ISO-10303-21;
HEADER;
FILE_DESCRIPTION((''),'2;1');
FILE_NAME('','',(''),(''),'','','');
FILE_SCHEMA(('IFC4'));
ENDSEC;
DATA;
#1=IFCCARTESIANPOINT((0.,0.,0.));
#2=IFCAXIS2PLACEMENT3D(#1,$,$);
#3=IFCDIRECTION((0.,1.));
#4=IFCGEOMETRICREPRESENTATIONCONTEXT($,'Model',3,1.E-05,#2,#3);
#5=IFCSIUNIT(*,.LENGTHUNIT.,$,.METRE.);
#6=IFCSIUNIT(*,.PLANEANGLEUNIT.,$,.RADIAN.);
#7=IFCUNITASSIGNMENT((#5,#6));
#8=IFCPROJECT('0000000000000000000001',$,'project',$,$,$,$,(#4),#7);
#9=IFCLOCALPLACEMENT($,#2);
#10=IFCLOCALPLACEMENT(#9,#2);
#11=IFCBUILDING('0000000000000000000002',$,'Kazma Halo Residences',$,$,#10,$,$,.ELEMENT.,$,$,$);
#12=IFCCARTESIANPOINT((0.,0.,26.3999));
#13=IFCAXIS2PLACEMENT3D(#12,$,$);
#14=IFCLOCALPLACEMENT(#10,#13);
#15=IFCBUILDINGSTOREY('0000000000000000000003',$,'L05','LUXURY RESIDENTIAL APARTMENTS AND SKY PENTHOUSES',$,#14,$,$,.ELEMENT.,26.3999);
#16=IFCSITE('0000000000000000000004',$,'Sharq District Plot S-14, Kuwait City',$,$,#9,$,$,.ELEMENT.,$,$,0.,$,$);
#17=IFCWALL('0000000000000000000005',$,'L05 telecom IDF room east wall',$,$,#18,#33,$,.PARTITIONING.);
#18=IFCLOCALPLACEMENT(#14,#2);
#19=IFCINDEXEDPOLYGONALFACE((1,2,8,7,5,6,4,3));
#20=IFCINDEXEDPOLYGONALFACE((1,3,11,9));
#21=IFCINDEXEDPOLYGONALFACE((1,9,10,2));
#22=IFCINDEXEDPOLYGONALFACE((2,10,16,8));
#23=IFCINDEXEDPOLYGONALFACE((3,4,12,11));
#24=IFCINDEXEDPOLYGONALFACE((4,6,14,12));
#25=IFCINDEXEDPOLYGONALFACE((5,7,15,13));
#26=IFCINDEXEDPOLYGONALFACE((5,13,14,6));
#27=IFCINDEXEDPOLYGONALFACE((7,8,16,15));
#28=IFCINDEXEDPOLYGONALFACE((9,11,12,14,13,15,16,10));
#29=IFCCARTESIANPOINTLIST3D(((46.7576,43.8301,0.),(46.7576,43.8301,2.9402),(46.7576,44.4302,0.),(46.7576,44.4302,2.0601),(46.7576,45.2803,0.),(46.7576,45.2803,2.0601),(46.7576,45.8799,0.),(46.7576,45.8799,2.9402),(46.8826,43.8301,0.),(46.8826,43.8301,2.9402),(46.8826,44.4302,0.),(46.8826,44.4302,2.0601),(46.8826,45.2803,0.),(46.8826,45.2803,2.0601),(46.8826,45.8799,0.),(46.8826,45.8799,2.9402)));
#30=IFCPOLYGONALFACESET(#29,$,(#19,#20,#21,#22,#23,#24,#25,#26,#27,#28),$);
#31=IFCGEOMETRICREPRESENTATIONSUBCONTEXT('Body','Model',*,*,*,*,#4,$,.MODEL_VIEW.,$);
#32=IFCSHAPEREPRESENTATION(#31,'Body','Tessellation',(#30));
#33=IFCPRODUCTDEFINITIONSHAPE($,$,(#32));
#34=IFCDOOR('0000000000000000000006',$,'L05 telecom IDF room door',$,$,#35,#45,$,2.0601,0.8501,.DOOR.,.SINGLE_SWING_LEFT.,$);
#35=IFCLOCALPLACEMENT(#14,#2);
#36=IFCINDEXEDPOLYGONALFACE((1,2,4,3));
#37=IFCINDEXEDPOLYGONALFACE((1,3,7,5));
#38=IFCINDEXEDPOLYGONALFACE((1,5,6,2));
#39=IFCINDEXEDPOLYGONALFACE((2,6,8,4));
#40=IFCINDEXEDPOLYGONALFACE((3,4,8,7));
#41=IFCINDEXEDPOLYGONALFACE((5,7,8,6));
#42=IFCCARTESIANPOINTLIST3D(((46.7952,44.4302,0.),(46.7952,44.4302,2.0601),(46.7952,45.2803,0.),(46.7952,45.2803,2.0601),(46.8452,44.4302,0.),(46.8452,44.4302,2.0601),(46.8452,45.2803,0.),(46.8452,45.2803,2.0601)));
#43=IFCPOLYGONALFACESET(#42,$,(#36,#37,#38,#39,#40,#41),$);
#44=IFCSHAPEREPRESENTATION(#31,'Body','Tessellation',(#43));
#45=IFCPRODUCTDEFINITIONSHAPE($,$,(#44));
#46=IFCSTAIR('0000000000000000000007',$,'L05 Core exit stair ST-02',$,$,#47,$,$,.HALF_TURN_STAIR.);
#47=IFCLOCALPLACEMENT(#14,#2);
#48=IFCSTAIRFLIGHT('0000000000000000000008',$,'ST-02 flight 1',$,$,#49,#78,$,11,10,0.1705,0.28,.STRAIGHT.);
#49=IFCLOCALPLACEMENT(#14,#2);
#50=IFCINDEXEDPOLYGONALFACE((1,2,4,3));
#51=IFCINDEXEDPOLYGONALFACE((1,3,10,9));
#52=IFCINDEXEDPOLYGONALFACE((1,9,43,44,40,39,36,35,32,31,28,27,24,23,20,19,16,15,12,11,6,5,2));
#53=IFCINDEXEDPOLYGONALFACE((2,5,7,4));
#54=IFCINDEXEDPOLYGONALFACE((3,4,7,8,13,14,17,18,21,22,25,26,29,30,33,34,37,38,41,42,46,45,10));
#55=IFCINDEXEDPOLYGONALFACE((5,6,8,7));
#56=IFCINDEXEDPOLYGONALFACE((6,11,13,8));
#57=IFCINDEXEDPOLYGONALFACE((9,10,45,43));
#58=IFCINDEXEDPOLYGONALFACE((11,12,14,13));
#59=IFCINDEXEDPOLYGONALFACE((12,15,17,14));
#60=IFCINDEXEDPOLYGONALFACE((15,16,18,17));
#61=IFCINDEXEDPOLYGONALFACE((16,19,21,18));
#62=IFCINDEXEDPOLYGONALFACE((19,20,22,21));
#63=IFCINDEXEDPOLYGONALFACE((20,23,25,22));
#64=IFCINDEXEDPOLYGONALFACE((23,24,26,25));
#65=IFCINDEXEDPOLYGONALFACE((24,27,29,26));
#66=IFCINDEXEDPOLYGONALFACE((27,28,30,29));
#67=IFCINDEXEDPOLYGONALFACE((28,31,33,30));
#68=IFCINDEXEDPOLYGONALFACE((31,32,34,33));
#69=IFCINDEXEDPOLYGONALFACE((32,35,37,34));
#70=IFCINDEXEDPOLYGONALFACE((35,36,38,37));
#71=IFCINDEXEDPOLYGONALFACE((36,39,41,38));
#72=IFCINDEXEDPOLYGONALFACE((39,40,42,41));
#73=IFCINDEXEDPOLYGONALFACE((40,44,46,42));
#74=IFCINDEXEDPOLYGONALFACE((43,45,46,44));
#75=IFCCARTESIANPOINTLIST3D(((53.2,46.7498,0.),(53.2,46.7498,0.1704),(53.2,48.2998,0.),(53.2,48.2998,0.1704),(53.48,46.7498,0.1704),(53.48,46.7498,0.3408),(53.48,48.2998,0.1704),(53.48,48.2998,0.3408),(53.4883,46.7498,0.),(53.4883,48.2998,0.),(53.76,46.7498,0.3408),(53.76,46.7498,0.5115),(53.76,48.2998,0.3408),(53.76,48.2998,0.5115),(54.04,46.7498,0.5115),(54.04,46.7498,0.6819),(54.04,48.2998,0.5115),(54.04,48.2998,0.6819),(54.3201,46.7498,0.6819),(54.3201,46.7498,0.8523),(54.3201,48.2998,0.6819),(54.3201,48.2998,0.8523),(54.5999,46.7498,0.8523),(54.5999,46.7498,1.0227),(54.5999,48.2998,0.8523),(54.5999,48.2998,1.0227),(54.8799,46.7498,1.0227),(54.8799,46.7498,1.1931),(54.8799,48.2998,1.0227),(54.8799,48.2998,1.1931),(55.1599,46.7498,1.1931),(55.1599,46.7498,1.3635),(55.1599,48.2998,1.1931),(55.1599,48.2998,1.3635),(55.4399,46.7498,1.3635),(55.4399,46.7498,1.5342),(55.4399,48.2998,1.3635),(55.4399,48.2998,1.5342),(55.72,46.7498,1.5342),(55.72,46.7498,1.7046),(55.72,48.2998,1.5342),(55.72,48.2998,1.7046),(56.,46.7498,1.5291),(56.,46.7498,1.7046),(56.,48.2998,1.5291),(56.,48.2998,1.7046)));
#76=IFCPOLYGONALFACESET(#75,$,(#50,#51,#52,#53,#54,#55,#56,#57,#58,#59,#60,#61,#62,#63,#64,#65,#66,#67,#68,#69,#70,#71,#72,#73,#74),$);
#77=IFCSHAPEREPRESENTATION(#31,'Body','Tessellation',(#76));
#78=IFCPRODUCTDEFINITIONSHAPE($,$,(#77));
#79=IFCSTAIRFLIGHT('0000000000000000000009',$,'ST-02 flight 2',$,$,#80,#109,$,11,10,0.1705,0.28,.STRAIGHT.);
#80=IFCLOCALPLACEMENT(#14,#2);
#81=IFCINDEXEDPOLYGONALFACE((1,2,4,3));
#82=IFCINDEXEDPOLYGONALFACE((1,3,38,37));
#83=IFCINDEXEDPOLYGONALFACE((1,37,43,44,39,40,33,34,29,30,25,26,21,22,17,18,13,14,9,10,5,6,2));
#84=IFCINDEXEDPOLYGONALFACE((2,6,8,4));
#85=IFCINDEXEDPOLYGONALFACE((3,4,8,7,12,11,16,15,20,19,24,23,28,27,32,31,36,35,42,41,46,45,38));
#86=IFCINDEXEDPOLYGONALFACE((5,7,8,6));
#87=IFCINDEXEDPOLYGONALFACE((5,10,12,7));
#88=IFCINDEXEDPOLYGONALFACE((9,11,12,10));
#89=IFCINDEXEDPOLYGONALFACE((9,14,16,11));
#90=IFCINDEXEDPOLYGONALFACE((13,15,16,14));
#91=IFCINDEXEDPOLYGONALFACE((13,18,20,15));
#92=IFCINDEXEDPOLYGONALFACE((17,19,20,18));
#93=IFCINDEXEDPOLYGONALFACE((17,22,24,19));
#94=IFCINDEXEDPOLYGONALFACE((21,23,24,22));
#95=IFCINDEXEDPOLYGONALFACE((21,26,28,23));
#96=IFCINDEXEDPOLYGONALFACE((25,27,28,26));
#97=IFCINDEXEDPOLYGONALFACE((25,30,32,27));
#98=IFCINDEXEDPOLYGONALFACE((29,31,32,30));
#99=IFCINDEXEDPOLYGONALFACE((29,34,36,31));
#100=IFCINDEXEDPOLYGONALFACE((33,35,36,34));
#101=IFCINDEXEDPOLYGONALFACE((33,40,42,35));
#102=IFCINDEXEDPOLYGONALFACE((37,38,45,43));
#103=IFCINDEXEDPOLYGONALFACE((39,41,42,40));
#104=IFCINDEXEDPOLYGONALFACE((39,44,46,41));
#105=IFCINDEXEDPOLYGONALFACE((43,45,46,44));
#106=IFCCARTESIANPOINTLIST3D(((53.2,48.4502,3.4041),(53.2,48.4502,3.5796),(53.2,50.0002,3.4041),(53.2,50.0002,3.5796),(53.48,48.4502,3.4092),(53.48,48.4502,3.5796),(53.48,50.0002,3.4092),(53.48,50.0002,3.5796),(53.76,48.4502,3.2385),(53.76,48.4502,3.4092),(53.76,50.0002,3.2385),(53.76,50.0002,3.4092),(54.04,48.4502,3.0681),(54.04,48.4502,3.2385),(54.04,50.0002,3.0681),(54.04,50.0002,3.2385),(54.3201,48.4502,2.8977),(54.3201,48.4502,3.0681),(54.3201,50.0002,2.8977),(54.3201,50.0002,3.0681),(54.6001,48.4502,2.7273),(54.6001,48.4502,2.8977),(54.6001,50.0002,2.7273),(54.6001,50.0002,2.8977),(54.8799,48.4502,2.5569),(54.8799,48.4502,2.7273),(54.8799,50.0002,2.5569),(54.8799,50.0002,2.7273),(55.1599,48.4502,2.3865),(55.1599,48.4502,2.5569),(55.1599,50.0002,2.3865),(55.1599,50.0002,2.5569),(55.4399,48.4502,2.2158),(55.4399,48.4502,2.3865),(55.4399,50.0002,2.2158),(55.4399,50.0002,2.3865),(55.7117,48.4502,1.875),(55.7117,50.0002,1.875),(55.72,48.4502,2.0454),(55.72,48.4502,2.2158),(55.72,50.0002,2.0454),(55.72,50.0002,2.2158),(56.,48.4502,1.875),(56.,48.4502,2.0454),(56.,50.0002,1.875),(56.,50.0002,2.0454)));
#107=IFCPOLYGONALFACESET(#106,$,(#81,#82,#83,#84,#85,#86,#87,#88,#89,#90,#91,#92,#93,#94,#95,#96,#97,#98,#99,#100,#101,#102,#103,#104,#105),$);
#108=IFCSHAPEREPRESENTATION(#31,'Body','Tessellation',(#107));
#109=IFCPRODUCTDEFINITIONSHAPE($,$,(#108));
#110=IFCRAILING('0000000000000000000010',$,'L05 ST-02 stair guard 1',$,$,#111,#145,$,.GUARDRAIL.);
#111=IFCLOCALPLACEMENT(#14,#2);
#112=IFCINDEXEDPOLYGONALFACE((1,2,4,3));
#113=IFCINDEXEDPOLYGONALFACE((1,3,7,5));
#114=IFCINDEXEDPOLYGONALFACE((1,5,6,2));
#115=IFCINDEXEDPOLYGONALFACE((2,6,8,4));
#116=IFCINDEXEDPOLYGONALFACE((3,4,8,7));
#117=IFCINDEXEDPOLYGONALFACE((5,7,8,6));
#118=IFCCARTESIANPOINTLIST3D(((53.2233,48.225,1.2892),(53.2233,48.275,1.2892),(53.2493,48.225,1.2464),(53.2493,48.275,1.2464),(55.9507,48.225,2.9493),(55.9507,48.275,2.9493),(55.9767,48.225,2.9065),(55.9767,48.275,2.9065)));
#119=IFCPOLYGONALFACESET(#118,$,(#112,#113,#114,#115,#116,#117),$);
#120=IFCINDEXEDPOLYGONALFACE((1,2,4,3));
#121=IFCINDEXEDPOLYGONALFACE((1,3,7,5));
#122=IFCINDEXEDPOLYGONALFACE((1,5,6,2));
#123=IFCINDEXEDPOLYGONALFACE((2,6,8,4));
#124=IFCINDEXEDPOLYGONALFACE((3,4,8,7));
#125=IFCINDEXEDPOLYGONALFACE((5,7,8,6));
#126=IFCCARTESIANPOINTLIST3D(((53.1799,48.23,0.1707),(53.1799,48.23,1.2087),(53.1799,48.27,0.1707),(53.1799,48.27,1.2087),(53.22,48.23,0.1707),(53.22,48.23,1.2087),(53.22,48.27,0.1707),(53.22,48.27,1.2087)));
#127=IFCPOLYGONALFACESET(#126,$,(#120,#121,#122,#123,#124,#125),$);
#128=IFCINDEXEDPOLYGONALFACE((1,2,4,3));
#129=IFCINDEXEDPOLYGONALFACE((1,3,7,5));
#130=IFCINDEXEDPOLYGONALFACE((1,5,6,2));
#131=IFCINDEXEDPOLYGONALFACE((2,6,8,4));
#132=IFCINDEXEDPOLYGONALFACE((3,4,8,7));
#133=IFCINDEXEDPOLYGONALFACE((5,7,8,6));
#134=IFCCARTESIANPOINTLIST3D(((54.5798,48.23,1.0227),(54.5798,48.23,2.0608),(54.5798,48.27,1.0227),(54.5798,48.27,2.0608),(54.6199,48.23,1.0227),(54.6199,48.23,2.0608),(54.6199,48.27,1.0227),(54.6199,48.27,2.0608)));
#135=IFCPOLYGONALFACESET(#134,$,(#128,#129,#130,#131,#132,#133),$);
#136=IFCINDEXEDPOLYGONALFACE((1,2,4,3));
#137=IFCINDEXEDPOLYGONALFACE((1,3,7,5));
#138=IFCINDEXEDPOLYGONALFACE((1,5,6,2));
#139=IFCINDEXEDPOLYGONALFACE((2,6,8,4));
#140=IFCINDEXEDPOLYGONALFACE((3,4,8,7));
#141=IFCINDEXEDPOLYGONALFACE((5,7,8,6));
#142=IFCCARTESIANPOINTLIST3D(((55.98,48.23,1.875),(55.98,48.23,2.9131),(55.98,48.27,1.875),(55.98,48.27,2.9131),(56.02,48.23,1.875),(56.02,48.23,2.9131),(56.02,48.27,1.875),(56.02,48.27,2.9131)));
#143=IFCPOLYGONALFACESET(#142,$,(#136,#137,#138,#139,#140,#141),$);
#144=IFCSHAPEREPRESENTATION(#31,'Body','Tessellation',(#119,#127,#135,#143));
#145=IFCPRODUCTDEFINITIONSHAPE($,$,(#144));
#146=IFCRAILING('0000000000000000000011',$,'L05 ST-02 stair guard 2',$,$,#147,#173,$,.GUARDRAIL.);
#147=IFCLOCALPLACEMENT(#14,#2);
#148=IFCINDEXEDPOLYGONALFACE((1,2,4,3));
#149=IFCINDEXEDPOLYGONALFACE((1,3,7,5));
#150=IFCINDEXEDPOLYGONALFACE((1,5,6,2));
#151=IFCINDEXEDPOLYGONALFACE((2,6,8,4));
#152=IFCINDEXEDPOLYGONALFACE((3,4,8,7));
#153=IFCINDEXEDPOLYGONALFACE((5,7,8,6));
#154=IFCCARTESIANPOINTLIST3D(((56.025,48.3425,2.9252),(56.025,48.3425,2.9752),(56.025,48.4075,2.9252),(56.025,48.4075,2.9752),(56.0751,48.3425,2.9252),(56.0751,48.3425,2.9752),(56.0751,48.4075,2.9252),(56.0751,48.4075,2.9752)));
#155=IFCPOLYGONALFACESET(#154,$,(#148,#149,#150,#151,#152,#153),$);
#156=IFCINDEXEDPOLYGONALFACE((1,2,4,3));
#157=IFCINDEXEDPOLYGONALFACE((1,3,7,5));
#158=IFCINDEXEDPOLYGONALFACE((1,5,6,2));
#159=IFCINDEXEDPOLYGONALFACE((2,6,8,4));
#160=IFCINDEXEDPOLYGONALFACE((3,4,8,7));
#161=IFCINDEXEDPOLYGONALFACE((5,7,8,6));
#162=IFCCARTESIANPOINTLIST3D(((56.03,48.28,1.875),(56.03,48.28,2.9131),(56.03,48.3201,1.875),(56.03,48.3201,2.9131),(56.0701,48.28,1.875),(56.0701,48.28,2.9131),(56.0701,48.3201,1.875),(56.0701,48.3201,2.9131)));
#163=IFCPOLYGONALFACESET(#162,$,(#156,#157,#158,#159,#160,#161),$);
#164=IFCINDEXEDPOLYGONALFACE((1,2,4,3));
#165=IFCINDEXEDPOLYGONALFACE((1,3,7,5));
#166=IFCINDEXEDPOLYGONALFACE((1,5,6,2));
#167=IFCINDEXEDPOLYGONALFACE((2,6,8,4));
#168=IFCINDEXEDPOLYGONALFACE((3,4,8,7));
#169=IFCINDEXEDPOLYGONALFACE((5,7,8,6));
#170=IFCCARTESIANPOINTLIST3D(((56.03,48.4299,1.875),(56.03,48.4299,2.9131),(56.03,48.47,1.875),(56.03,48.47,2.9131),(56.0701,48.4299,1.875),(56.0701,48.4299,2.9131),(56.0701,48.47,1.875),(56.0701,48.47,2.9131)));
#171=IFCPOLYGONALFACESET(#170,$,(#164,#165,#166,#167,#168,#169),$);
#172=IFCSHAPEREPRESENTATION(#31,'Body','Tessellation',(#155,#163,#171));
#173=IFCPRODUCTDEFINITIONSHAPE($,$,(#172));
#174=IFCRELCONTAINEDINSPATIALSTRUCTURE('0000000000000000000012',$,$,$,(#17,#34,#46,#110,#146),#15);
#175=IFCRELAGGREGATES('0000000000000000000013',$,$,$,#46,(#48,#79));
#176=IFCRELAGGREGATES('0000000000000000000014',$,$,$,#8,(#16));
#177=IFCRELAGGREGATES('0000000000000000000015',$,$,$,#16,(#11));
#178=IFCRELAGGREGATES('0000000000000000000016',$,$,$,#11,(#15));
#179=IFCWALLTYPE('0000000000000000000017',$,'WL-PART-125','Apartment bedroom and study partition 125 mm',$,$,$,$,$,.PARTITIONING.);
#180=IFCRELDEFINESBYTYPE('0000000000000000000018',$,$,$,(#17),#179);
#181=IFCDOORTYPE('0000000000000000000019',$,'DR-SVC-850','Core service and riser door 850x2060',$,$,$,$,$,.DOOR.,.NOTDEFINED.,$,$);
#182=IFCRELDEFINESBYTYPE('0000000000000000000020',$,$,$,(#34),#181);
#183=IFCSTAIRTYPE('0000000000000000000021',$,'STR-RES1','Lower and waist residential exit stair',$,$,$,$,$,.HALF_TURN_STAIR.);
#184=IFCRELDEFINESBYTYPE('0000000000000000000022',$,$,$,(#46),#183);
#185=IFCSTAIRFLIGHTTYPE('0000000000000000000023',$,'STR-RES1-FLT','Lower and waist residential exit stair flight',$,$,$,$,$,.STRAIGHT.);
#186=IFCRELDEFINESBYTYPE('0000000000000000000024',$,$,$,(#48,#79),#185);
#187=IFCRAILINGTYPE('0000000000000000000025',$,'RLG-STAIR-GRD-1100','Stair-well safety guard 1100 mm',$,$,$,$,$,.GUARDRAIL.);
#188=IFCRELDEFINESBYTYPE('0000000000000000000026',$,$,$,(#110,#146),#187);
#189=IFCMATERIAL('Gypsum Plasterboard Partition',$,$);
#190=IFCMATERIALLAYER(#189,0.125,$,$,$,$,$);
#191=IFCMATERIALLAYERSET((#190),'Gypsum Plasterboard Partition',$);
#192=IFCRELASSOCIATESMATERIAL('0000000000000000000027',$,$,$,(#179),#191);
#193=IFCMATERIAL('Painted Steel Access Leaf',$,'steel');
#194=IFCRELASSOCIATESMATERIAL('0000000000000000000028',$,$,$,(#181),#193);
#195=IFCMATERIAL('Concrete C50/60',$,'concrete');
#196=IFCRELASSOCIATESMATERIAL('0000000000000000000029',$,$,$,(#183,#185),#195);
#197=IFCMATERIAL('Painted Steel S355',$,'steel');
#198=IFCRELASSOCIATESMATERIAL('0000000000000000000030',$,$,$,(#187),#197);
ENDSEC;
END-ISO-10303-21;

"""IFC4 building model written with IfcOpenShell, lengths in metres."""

from ifc_helpers import new_model, si_unit, direction, frame, frame_2d, origin, origin_2d, place, context, subcontext, project, spatial, polyline, rectangle, outline, extrude, material, layer, layer_set, type_object, element, fill, aggregate, save


model = new_model("IFC4")

# Units and contexts
model_context = context("Model", 3, precision=1e-05, world=origin(), true_north=direction((0.0, 1.0)))
body_context = subcontext(model_context, "Body", "Model", "MODEL_VIEW")
ifc_project = project(units=[si_unit("LENGTHUNIT", "METRE"), si_unit("PLANEANGLEUNIT", "RADIAN")], contexts=[model_context])

# Site, building, storey
site_placement = place(None, origin())
site = spatial("IfcSite", under=ifc_project, at=site_placement, Name="Sharq District Plot S-14, Kuwait City", CompositionType="ELEMENT", RefElevation=0.0)
building_placement = place(site_placement, origin())
building = spatial("IfcBuilding", under=site, at=building_placement, Name="Kazma Halo Residences", CompositionType="ELEMENT")
storey_placement = place(building_placement, frame((0.0, 0.0, 26.3999)))
storey = spatial("IfcBuildingStorey", under=building, at=storey_placement, Name="L05", Description="LUXURY RESIDENTIAL APARTMENTS AND SKY PENTHOUSES", CompositionType="ELEMENT", Elevation=26.3999)

# Wall, opening, door
ifc_material_1 = material(Name="Gypsum Plasterboard Partition")
ifc_layer_1 = layer(ifc_material_1, 0.125)
ifc_layer_set_1 = layer_set([ifc_layer_1], Name="Gypsum Plasterboard Partition")
wall_type_1 = type_object("IfcWallType", Name="WL-PART-125", Description="Apartment bedroom and study partition 125 mm", PredefinedType="PARTITIONING", material=ifc_layer_set_1)
wall_1_placement = place(storey_placement, frame((46.8201, 43.8301, 0.0), z_axis=(0.0, 0.0, 1.0), x_axis=(0.0, 1.0, 0.0)))
wall_1 = element("IfcWall", 1, at=wall_1_placement, inside=storey, type_object=wall_type_1, Name="L05 telecom IDF room east wall", PredefinedType="PARTITIONING", context=body_context, shape_type="SweptSolid", body=[
    extrude(rectangle(XDim=2.0498, YDim=0.125, at=frame_2d((1.0249, 0.0))), origin(), (0.0, 0.0, 1.0), 2.9402),
])
opening_1_placement = place(wall_1_placement, frame((0.6001, 0.0, 0.0)))
opening_1 = element("IfcOpeningElement", 2, at=opening_1_placement, cuts=wall_1, PredefinedType="OPENING", context=body_context, shape_type="SweptSolid", body=[
    extrude(rectangle(XDim=0.8501, YDim=2.0601, at=frame_2d((0.425, 1.03))), frame((0.0, 0.0725, 0.0), z_axis=(0.0, -1.0, 0.0), x_axis=(1.0, 0.0, 0.0)), (0.0, 0.0, 1.0), 0.145),
])
ifc_material_2 = material(Name="Painted Steel Access Leaf", Category="steel")
door_type_1 = type_object("IfcDoorType", Name="DR-SVC-850", Description="Core service and riser door 850x2060", OperationType="NOTDEFINED", PredefinedType="DOOR", material=ifc_material_2)
door_1_placement = place(opening_1_placement, origin())
door_1 = element("IfcDoor", 3, at=door_1_placement, inside=storey, type_object=door_type_1, Name="L05 telecom IDF room door", OperationType="SINGLE_SWING_LEFT", OverallHeight=2.0601, OverallWidth=0.8501, PredefinedType="DOOR", context=body_context, shape_type="SweptSolid", body=[
    extrude(rectangle(XDim=0.8501, YDim=2.0601, at=frame_2d((0.425, 1.03))), frame((0.0, 0.0249, 0.0), z_axis=(0.0, -1.0, 0.0), x_axis=(1.0, 0.0, 0.0)), (0.0, 0.0, 1.0), 0.05),
])
fill(opening_1, door_1)
ifc_material_3 = material(Name="Concrete C50/60", Category="concrete")

# Stair, stair flights
stair_type = type_object("IfcStairType", Name="STR-RES1", Description="Lower and waist residential exit stair", PredefinedType="HALF_TURN_STAIR", material=ifc_material_3)
stair_placement = place(storey_placement, origin())
stair = element("IfcStair", 4, at=stair_placement, inside=storey, type_object=stair_type, Name="L05 Core exit stair ST-02", PredefinedType="HALF_TURN_STAIR")
stair_flight_type = type_object("IfcStairFlightType", Name="STR-RES1-FLT", Description="Lower and waist residential exit stair flight", PredefinedType="STRAIGHT", material=ifc_material_3)
stair_flight_1_placement = place(storey_placement, frame((53.2, 47.5249, 0.0), z_axis=(0.0, 0.0, 1.0), x_axis=(1.0, 0.0, 0.0)))
stair_flight_1 = element("IfcStairFlight", 5, at=stair_flight_1_placement, type_object=stair_flight_type, Name="ST-02 flight 1", NumberOfRisers=11, NumberOfTreads=10, PredefinedType="STRAIGHT", RiserHeight=0.1705, TreadLength=0.28, context=body_context, shape_type="SweptSolid", body=[
    extrude(outline(polyline([(0.0, 0.0), (0.0, 0.1704), (0.28, 0.1704), (0.28, 0.3408), (0.5601, 0.3408), (0.5601, 0.5115), (0.8401, 0.5115), (0.8401, 0.6819), (1.1201, 0.6819), (1.1201, 0.8523), (1.3999, 0.8523), (1.3999, 1.0227), (1.6799, 1.0227), (1.6799, 1.1931), (1.96, 1.1931), (1.96, 1.3635), (2.24, 1.3635), (2.24, 1.5342), (2.52, 1.5342), (2.52, 1.7046), (2.8, 1.7046), (2.8, 1.875), (2.8, 1.5291), (0.2883, 0.0), (0.0, 0.0)])), frame((0.0, 0.7749, 0.0), z_axis=(0.0, -1.0, 0.0), x_axis=(1.0, 0.0, 0.0)), (0.0, 0.0, 1.0), 1.55),
])
stair_flight_2_placement = place(storey_placement, frame((56.0, 49.2251, 1.875), z_axis=(0.0, 0.0, 1.0), x_axis=(-1.0, 0.0, 0.0)))
stair_flight_2 = element("IfcStairFlight", 6, at=stair_flight_2_placement, type_object=stair_flight_type, Name="ST-02 flight 2", NumberOfRisers=11, NumberOfTreads=10, PredefinedType="STRAIGHT", RiserHeight=0.1705, TreadLength=0.28, context=body_context, shape_type="SweptSolid", body=[
    extrude(outline(polyline([(0.0, 0.0), (0.0, 0.1704), (0.28, 0.1704), (0.28, 0.3408), (0.5601, 0.3408), (0.5601, 0.5115), (0.8401, 0.5115), (0.8401, 0.6819), (1.1201, 0.6819), (1.1201, 0.8523), (1.3999, 0.8523), (1.3999, 1.0227), (1.6799, 1.0227), (1.6799, 1.1931), (1.96, 1.1931), (1.96, 1.3635), (2.24, 1.3635), (2.24, 1.5342), (2.52, 1.5342), (2.52, 1.7046), (2.8, 1.7046), (2.8, 1.875), (2.8, 1.5291), (0.2883, 0.0), (0.0, 0.0)])), frame((0.0, 0.7749, 0.0), z_axis=(0.0, -1.0, 0.0), x_axis=(1.0, 0.0, 0.0)), (0.0, 0.0, 1.0), 1.55),
])
aggregate(stair, [stair_flight_1, stair_flight_2])

# Railings
ifc_material_4 = material(Name="Painted Steel S355", Category="steel")
railing_type_1 = type_object("IfcRailingType", Name="RLG-STAIR-GRD-1100", Description="Stair-well safety guard 1100 mm", PredefinedType="GUARDRAIL", material=ifc_material_4)
railing_1_placement = place(storey_placement, frame((53.2, 48.25, 0.1707)))
element("IfcRailing", 7, at=railing_1_placement, inside=storey, type_object=railing_type_1, Name="L05 ST-02 stair guard 1", PredefinedType="GUARDRAIL", context=body_context, shape_type="SweptSolid", body=[
    extrude(rectangle(XDim=0.05, YDim=0.05, at=origin_2d()), frame((0.0364, 0.0, 1.0972), z_axis=(0.854203, 0.0, 0.51994), x_axis=(0.0, 1.0, 0.0)), (0.0, 0.0, 1.0), 3.1929),
    extrude(rectangle(XDim=0.04, YDim=0.04, at=origin_2d()), origin(), (0.0, 0.0, 1.0), 1.0381),
    extrude(rectangle(XDim=0.04, YDim=0.04, at=origin_2d()), frame((1.3999, 0.0, 0.8521)), (0.0, 0.0, 1.0), 1.0381),
    extrude(rectangle(XDim=0.04, YDim=0.04, at=origin_2d()), frame((2.8, 0.0, 1.7043)), (0.0, 0.0, 1.0), 1.0381),
])
railing_2_placement = place(storey_placement, frame((56.05, 48.3, 1.875)))
element("IfcRailing", 8, at=railing_2_placement, inside=storey, type_object=railing_type_1, Name="L05 ST-02 stair guard 2", PredefinedType="GUARDRAIL", context=body_context, shape_type="SweptSolid", body=[
    extrude(rectangle(XDim=0.05, YDim=0.05, at=origin_2d()), frame((0.0, 0.0425, 1.0752), z_axis=(0.0, 1.0, 0.0), x_axis=(-1.0, 0.0, 0.0)), (0.0, 0.0, 1.0), 0.0649),
    extrude(rectangle(XDim=0.04, YDim=0.04, at=origin_2d()), origin(), (0.0, 0.0, 1.0), 1.0381),
    extrude(rectangle(XDim=0.04, YDim=0.04, at=origin_2d()), frame((0.0, 0.1499, 0.0)), (0.0, 0.0, 1.0), 1.0381),
])

save(model, "model.ifc")
